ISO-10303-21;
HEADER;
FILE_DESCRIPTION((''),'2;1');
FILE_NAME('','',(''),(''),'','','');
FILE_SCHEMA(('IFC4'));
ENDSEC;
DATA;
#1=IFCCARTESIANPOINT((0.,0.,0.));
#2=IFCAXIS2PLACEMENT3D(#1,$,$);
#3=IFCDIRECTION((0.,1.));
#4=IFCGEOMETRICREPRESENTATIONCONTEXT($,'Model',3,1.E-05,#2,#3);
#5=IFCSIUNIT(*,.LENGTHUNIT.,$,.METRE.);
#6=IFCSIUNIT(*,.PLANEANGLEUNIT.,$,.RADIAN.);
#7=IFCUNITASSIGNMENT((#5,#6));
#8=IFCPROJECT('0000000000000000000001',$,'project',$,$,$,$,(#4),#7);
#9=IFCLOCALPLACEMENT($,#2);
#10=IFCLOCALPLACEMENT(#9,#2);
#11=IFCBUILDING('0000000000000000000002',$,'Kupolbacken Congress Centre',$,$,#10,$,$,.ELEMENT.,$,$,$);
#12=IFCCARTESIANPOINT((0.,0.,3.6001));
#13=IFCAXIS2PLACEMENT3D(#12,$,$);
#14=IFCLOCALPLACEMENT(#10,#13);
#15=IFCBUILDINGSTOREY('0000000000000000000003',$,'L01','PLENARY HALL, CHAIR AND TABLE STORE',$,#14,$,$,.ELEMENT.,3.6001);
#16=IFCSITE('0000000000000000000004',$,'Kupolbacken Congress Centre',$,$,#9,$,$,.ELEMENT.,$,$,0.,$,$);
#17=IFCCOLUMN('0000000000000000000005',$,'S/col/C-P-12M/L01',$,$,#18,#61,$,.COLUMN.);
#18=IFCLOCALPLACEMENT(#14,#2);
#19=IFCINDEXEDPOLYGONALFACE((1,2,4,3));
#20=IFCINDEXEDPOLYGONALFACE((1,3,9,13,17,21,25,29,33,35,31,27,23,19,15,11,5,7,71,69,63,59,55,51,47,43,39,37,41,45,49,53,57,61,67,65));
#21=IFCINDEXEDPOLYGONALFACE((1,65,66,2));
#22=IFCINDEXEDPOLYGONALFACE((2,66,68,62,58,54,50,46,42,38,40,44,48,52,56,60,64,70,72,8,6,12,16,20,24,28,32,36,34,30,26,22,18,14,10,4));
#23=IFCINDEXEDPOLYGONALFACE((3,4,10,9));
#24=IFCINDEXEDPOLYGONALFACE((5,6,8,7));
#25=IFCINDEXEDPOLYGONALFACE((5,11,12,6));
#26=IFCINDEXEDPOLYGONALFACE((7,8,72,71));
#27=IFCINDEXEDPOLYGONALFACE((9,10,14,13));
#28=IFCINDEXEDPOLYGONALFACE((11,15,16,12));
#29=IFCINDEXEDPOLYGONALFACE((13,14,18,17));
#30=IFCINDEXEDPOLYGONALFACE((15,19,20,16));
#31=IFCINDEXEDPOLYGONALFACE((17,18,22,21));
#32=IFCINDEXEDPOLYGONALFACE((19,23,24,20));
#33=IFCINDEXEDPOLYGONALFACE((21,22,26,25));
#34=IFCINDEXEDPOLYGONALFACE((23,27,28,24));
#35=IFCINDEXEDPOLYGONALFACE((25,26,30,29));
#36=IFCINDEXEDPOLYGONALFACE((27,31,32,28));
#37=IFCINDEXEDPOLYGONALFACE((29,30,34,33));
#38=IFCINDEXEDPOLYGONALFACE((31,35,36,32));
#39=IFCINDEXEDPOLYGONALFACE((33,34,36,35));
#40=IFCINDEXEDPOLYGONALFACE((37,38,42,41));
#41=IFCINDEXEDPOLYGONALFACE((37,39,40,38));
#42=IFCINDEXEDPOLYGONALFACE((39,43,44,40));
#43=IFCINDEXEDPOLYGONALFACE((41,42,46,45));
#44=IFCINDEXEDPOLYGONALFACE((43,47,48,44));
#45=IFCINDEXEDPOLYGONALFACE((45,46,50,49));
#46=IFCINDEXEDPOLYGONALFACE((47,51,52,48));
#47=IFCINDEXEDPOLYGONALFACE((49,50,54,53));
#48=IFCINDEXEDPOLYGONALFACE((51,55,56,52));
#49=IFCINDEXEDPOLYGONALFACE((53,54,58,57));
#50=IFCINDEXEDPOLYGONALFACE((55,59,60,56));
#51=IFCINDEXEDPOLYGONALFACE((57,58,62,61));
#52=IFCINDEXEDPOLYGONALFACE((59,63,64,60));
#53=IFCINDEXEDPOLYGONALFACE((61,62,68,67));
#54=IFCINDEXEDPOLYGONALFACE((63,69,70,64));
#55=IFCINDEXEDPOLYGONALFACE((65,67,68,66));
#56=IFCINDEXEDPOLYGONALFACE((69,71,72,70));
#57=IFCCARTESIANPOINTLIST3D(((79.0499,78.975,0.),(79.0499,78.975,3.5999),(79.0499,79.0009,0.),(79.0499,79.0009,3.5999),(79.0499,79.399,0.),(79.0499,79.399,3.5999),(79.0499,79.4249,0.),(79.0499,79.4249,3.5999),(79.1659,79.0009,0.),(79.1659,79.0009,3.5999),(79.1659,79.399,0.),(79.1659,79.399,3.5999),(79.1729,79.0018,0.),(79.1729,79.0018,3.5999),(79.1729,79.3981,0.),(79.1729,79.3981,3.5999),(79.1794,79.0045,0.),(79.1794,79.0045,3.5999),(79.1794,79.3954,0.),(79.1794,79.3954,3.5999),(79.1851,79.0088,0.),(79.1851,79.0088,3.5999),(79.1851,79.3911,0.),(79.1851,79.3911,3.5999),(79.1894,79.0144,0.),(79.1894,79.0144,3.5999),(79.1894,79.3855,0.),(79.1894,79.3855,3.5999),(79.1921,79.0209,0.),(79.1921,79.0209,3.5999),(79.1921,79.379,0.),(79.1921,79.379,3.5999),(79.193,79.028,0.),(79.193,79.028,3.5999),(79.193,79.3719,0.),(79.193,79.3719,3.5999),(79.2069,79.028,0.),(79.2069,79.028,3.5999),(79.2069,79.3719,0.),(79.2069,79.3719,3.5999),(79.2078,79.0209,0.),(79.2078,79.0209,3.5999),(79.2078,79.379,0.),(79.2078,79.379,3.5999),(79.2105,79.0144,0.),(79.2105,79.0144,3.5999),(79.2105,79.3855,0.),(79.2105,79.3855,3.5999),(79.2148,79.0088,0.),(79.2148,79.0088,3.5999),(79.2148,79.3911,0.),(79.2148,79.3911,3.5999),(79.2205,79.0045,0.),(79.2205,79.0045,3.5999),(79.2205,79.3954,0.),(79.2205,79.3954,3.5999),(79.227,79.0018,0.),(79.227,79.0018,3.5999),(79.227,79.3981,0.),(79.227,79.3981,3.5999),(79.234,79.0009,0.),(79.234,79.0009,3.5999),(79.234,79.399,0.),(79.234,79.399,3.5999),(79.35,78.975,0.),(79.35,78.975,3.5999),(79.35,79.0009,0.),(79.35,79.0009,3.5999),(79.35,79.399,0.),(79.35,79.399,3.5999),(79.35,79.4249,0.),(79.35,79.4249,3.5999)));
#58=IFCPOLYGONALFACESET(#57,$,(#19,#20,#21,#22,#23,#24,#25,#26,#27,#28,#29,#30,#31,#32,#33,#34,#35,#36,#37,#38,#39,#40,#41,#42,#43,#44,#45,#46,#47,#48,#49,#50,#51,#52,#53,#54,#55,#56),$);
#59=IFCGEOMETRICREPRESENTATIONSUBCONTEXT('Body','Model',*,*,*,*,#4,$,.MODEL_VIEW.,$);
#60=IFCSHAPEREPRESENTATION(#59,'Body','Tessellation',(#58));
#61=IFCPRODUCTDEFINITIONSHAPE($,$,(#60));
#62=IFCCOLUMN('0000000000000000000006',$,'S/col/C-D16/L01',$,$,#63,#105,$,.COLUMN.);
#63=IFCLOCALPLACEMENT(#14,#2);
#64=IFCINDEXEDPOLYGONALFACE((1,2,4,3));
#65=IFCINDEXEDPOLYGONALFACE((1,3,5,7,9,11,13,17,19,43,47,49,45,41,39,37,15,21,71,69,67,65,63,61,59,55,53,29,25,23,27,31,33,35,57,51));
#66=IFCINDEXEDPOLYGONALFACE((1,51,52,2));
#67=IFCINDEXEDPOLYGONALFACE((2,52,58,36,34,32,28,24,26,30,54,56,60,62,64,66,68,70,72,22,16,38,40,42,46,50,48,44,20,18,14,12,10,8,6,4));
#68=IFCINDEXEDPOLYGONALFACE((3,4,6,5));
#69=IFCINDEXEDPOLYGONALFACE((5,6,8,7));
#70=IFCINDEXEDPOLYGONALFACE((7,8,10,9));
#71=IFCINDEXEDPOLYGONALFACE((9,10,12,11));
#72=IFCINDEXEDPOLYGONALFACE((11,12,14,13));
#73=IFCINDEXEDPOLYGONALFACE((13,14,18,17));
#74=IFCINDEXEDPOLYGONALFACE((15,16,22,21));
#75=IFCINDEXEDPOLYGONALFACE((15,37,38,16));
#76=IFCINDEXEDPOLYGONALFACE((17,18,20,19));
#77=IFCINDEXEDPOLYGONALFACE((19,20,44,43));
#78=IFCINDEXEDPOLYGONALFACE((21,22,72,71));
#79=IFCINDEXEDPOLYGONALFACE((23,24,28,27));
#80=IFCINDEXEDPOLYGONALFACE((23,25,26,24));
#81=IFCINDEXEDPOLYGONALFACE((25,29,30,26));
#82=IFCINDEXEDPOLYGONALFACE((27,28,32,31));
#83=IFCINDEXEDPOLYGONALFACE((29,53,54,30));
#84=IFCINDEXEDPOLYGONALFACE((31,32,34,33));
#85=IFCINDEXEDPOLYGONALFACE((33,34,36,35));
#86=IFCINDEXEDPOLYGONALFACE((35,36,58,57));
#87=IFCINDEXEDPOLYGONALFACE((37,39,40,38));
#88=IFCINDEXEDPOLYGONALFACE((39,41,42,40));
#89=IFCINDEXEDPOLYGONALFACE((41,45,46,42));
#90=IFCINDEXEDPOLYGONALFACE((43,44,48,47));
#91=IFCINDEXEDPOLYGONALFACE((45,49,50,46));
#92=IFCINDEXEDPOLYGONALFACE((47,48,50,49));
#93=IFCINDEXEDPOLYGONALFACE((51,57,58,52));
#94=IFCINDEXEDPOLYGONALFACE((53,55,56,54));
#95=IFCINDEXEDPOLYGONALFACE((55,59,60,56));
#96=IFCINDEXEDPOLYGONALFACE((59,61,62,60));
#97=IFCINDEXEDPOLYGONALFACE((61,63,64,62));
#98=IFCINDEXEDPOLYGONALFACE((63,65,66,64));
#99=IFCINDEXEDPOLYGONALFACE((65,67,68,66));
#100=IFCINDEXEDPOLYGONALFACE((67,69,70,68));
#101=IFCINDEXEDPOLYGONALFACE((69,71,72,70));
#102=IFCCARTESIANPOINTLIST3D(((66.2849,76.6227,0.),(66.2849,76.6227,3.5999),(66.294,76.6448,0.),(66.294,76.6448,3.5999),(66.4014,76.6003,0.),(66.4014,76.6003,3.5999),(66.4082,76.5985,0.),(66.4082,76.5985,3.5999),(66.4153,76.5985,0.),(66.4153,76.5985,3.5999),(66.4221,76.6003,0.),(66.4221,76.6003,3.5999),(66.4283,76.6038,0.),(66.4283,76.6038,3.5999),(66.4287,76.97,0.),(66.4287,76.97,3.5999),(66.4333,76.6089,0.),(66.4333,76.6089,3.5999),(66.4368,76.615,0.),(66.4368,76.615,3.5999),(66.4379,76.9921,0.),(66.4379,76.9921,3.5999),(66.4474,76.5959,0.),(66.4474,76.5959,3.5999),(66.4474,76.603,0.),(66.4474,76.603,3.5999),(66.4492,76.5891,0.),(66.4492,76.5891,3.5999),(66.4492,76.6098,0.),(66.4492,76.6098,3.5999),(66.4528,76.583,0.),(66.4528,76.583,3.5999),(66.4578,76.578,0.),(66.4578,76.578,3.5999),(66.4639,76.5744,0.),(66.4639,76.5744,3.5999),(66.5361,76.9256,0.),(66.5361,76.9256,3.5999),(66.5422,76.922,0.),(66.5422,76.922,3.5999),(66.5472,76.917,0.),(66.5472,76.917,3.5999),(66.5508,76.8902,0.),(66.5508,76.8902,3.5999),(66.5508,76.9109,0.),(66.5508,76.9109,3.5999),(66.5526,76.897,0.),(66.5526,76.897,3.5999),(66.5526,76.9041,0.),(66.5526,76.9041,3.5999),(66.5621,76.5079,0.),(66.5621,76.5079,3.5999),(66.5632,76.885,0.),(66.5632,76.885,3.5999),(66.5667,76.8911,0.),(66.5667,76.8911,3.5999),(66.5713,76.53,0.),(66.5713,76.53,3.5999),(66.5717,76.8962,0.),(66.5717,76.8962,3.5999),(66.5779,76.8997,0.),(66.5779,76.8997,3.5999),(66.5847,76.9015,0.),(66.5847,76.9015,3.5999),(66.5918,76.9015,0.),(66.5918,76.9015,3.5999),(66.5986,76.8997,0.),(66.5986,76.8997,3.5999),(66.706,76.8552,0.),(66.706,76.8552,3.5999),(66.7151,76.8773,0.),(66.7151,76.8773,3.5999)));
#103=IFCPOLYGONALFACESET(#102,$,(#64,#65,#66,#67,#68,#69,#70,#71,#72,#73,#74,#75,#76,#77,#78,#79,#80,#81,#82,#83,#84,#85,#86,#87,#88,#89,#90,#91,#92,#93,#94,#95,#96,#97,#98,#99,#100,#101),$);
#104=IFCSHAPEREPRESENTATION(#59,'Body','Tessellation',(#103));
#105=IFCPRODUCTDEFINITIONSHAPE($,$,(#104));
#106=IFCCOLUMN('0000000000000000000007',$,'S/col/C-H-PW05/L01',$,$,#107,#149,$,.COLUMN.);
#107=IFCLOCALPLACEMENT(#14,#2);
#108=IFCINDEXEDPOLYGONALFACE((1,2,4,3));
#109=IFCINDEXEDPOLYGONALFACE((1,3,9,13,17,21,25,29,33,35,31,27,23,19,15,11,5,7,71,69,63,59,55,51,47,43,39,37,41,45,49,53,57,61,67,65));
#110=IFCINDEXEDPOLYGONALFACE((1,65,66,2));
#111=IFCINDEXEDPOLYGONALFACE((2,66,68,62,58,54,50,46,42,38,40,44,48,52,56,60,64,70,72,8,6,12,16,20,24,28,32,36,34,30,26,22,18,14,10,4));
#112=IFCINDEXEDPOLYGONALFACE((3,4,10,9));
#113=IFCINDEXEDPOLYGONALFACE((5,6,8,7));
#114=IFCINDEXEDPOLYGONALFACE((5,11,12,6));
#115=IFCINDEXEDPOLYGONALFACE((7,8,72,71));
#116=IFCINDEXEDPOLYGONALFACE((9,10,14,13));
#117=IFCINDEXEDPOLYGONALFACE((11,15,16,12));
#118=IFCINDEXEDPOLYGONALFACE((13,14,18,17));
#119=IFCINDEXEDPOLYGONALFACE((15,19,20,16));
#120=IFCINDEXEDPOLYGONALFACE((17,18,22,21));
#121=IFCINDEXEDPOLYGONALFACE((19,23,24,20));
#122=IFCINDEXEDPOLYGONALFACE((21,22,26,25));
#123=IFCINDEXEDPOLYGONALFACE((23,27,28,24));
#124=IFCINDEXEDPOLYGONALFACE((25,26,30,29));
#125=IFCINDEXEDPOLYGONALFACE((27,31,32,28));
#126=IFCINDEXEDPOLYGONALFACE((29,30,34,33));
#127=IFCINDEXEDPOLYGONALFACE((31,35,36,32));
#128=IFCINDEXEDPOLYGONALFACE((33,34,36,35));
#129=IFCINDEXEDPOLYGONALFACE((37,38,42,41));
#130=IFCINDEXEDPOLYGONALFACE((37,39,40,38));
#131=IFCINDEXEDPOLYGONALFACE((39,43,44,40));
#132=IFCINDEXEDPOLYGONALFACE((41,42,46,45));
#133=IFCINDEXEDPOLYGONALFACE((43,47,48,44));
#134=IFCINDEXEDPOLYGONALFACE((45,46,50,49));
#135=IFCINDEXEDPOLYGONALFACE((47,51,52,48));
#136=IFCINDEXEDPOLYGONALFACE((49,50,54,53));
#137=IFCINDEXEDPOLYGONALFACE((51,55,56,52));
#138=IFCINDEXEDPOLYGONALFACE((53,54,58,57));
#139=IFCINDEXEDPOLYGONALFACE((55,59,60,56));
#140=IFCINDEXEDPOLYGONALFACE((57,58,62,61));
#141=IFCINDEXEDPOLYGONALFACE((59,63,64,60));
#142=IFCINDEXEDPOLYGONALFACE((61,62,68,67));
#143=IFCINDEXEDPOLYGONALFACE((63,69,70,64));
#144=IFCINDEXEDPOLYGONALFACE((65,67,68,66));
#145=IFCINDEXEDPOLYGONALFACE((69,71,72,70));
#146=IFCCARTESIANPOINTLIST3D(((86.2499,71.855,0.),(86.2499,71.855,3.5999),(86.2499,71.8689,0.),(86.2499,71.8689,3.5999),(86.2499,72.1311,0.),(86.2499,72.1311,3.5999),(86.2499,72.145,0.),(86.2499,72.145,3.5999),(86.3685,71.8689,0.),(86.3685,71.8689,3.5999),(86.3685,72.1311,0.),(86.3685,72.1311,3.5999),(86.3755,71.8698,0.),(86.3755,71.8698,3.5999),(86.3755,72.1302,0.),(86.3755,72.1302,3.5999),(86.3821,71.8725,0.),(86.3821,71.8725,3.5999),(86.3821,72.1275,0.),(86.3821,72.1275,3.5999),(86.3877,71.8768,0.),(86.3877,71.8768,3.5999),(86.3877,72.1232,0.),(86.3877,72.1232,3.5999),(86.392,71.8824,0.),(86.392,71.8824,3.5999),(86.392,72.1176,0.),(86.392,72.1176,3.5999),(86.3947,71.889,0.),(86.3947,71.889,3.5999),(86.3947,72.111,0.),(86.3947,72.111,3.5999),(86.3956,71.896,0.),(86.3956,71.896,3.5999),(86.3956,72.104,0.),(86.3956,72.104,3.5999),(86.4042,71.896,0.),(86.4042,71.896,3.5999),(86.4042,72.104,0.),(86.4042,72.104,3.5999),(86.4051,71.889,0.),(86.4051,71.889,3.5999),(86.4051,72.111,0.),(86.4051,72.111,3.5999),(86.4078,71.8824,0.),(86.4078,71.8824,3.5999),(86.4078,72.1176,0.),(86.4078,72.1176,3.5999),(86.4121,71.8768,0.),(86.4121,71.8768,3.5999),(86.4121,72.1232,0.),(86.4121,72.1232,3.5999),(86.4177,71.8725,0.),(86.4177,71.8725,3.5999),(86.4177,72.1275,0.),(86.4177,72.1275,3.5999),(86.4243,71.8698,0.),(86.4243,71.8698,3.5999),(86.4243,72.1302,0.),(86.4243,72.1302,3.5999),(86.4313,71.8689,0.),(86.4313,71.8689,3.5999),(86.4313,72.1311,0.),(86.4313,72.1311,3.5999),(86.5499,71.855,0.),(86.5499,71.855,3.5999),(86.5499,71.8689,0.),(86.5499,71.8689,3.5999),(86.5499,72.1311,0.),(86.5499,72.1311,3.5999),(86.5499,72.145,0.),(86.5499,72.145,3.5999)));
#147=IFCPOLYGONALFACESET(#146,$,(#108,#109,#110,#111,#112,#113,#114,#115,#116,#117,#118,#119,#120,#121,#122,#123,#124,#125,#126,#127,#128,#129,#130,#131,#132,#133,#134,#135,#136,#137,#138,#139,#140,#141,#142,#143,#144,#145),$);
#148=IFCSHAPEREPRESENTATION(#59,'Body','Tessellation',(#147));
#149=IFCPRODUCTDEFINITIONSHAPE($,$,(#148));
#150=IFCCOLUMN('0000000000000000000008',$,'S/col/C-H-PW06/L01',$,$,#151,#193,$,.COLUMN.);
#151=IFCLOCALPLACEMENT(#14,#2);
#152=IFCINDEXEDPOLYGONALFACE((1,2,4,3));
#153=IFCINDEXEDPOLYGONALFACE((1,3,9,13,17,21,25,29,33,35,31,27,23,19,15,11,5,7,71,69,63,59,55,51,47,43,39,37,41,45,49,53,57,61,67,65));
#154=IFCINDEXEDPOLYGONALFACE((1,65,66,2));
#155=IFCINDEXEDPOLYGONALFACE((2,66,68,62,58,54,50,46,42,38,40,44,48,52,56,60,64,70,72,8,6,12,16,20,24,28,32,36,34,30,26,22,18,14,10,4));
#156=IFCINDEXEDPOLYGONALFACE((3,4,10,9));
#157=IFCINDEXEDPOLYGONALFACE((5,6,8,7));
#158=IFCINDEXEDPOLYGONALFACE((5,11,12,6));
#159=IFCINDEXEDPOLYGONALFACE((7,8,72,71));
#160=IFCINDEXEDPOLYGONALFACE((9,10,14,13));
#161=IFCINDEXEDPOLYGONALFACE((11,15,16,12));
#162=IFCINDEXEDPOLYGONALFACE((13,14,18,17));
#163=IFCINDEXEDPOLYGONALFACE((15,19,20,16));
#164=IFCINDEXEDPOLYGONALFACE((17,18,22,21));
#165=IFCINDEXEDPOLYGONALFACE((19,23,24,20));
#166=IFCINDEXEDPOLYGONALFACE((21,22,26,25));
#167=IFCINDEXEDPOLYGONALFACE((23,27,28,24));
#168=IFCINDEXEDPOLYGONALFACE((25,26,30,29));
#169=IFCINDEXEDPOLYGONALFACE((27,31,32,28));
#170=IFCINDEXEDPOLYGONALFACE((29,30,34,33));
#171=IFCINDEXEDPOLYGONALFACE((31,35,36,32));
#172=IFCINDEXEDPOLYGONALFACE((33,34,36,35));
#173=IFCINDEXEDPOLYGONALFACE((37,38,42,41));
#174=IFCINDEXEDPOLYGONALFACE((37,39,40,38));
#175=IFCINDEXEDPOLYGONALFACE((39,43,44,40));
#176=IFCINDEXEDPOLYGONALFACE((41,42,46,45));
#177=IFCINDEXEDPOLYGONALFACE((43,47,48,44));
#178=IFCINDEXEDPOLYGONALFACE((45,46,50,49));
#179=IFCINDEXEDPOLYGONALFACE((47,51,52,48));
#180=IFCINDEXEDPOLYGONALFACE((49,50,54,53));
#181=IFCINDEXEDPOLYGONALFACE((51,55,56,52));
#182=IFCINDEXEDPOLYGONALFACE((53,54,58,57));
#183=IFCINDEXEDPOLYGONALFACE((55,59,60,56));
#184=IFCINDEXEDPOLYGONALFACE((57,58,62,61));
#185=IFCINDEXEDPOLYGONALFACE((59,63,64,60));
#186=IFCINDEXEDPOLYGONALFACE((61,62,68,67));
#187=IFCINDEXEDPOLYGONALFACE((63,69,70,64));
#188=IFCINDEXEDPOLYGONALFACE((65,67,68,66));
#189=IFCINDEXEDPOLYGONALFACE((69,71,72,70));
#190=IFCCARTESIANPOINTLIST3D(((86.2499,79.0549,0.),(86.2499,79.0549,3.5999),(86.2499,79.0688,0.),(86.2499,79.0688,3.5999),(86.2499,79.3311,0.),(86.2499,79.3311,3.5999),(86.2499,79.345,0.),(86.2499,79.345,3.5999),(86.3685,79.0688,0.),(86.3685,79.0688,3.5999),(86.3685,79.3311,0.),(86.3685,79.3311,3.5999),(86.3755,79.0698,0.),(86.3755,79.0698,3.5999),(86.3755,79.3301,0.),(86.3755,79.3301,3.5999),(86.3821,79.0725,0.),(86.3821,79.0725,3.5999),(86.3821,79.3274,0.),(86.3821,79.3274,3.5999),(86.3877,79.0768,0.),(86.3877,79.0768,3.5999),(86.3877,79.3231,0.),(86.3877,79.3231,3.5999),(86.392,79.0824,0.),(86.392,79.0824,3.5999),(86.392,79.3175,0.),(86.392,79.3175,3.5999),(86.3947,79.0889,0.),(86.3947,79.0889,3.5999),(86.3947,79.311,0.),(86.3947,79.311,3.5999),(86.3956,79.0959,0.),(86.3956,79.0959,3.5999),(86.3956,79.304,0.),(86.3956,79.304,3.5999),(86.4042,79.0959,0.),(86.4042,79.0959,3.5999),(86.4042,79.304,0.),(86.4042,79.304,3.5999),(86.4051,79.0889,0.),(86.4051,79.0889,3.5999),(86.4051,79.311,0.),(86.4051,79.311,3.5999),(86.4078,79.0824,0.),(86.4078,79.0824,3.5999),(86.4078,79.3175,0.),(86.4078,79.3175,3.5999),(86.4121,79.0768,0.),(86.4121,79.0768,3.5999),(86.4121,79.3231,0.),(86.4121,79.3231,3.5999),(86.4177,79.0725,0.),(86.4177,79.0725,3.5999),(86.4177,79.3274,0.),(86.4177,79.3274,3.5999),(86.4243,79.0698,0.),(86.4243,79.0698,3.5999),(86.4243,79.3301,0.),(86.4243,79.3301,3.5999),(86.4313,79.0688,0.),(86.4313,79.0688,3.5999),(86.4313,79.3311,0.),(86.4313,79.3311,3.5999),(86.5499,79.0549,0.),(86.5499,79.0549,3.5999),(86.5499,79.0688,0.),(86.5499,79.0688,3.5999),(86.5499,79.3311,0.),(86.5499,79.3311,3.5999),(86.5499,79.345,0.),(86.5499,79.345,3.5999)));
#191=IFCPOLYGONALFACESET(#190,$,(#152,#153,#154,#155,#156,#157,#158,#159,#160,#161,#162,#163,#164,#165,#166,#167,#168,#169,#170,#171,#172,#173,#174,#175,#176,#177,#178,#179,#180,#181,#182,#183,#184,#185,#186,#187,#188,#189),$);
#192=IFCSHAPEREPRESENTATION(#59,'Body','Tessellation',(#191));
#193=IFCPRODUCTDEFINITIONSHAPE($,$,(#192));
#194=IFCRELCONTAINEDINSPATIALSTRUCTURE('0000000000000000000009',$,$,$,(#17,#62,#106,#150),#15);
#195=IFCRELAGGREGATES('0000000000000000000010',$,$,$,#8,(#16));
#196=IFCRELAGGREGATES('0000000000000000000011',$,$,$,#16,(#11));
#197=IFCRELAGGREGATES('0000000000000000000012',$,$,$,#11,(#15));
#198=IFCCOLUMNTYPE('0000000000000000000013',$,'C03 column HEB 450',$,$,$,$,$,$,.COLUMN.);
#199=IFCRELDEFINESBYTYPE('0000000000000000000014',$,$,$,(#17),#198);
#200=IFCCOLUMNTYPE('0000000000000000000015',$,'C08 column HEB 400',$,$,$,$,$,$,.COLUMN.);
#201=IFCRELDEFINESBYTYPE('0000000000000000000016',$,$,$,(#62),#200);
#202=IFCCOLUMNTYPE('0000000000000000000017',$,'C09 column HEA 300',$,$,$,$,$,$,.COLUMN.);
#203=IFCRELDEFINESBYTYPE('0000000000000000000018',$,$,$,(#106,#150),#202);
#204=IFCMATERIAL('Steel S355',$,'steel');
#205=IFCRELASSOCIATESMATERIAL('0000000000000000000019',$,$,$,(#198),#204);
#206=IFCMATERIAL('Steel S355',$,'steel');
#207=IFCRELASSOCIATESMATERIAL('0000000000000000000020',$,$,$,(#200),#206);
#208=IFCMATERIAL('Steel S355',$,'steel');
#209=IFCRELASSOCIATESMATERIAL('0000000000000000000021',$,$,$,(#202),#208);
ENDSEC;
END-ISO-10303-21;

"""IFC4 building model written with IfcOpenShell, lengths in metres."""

from ifc_helpers import new_model, si_unit, direction, frame, origin, origin_2d, place, context, subcontext, project, spatial, i_section, extrude, material, material_profile, profile_set, type_object, element, save


model = new_model("IFC4")

# Units and contexts
model_context = context("Model", 3, precision=1e-05, world=origin(), true_north=direction((0.0, 1.0)))
body_context = subcontext(model_context, "Body", "Model", "MODEL_VIEW")
ifc_project = project(units=[si_unit("LENGTHUNIT", "METRE"), si_unit("PLANEANGLEUNIT", "RADIAN")], contexts=[model_context])

# Site, building, storey
site_placement = place(None, origin())
site = spatial("IfcSite", under=ifc_project, at=site_placement, Name="Kupolbacken Congress Centre", CompositionType="ELEMENT", RefElevation=0.0)
building_placement = place(site_placement, origin())
building = spatial("IfcBuilding", under=site, at=building_placement, Name="Kupolbacken Congress Centre", CompositionType="ELEMENT")
storey_placement = place(building_placement, frame((0.0, 0.0, 3.6001)))
storey = spatial("IfcBuildingStorey", under=building, at=storey_placement, Name="L01", Description="PLENARY HALL, CHAIR AND TABLE STORE", CompositionType="ELEMENT", Elevation=3.6001)

# Columns
ifc_material_1 = material(Name="Steel S355", Category="steel")
ifc_material_profile_1 = material_profile(ifc_material_1, i_section(OverallWidth=0.3, OverallDepth=0.45, WebThickness=0.0139, FlangeThickness=0.0259, FilletRadius=0.0271, at=origin_2d()), Name="HEB 450")
ifc_profile_set_1 = profile_set([ifc_material_profile_1], Name="Steel S355")
column_type_1 = type_object("IfcColumnType", Name="C03 column HEB 450", PredefinedType="COLUMN", material=ifc_profile_set_1)
column_1_placement = place(storey_placement, frame((79.2, 79.2, 0.0), z_axis=(0.0, 0.0, 1.0), x_axis=(1.0, 0.0, 0.0)))
element("IfcColumn", 1, at=column_1_placement, inside=storey, type_object=column_type_1, Name="S/col/C-P-12M/L01", PredefinedType="COLUMN", context=body_context, shape_type="SweptSolid", body=[
    extrude(i_section(OverallWidth=0.3, OverallDepth=0.45, WebThickness=0.0139, FlangeThickness=0.0259, FilletRadius=0.0271, at=origin_2d()), origin(), (0.0, 0.0, 1.0), 3.5999),
])
ifc_material_2 = material(Name="Steel S355", Category="steel")
ifc_material_profile_2 = material_profile(ifc_material_2, i_section(OverallWidth=0.3, OverallDepth=0.3999, WebThickness=0.0134, FlangeThickness=0.0239, FilletRadius=0.0271, at=origin_2d()), Name="HEB 400")
ifc_profile_set_2 = profile_set([ifc_material_profile_2], Name="Steel S355")
column_type_2 = type_object("IfcColumnType", Name="C08 column HEB 400", PredefinedType="COLUMN", material=ifc_profile_set_2)
column_2_placement = place(storey_placement, frame((66.5, 76.75, 0.0), z_axis=(0.0, 0.0, 1.0), x_axis=(0.923896, -0.382644, 0.0)))
element("IfcColumn", 2, at=column_2_placement, inside=storey, type_object=column_type_2, Name="S/col/C-D16/L01", PredefinedType="COLUMN", context=body_context, shape_type="SweptSolid", body=[
    extrude(i_section(OverallWidth=0.3, OverallDepth=0.3999, WebThickness=0.0134, FlangeThickness=0.0239, FilletRadius=0.0271, at=origin_2d()), origin(), (0.0, 0.0, 1.0), 3.5999),
])
ifc_material_3 = material(Name="Steel S355", Category="steel")
ifc_material_profile_3 = material_profile(ifc_material_3, i_section(OverallWidth=0.3, OverallDepth=0.29, WebThickness=0.0085, FlangeThickness=0.0139, FilletRadius=0.0271, at=origin_2d()), Name="HEA 300")
ifc_profile_set_3 = profile_set([ifc_material_profile_3], Name="Steel S355")
column_type_3 = type_object("IfcColumnType", Name="C09 column HEA 300", PredefinedType="COLUMN", material=ifc_profile_set_3)
for number, where, z_axis, x_axis, name in (
    (3, (86.3999, 72.0, 0.0), (0.0, 0.0, 1.0), (1.0, 0.0, 0.0), "S/col/C-H-PW05/L01"),
    (4, (86.3999, 79.2, 0.0), (0.0, 0.0, 1.0), (1.0, 0.0, 0.0), "S/col/C-H-PW06/L01"),
):
    element("IfcColumn", number, at=place(storey_placement, frame(where, z_axis=z_axis, x_axis=x_axis)), inside=storey, type_object=column_type_3, Name=name, PredefinedType="COLUMN", context=body_context, shape_type="SweptSolid", body=[
        extrude(i_section(OverallWidth=0.3, OverallDepth=0.29, WebThickness=0.0085, FlangeThickness=0.0139, FilletRadius=0.0271, at=origin_2d()), origin(), (0.0, 0.0, 1.0), 3.5999),
    ])

save(model, "model.ifc")
